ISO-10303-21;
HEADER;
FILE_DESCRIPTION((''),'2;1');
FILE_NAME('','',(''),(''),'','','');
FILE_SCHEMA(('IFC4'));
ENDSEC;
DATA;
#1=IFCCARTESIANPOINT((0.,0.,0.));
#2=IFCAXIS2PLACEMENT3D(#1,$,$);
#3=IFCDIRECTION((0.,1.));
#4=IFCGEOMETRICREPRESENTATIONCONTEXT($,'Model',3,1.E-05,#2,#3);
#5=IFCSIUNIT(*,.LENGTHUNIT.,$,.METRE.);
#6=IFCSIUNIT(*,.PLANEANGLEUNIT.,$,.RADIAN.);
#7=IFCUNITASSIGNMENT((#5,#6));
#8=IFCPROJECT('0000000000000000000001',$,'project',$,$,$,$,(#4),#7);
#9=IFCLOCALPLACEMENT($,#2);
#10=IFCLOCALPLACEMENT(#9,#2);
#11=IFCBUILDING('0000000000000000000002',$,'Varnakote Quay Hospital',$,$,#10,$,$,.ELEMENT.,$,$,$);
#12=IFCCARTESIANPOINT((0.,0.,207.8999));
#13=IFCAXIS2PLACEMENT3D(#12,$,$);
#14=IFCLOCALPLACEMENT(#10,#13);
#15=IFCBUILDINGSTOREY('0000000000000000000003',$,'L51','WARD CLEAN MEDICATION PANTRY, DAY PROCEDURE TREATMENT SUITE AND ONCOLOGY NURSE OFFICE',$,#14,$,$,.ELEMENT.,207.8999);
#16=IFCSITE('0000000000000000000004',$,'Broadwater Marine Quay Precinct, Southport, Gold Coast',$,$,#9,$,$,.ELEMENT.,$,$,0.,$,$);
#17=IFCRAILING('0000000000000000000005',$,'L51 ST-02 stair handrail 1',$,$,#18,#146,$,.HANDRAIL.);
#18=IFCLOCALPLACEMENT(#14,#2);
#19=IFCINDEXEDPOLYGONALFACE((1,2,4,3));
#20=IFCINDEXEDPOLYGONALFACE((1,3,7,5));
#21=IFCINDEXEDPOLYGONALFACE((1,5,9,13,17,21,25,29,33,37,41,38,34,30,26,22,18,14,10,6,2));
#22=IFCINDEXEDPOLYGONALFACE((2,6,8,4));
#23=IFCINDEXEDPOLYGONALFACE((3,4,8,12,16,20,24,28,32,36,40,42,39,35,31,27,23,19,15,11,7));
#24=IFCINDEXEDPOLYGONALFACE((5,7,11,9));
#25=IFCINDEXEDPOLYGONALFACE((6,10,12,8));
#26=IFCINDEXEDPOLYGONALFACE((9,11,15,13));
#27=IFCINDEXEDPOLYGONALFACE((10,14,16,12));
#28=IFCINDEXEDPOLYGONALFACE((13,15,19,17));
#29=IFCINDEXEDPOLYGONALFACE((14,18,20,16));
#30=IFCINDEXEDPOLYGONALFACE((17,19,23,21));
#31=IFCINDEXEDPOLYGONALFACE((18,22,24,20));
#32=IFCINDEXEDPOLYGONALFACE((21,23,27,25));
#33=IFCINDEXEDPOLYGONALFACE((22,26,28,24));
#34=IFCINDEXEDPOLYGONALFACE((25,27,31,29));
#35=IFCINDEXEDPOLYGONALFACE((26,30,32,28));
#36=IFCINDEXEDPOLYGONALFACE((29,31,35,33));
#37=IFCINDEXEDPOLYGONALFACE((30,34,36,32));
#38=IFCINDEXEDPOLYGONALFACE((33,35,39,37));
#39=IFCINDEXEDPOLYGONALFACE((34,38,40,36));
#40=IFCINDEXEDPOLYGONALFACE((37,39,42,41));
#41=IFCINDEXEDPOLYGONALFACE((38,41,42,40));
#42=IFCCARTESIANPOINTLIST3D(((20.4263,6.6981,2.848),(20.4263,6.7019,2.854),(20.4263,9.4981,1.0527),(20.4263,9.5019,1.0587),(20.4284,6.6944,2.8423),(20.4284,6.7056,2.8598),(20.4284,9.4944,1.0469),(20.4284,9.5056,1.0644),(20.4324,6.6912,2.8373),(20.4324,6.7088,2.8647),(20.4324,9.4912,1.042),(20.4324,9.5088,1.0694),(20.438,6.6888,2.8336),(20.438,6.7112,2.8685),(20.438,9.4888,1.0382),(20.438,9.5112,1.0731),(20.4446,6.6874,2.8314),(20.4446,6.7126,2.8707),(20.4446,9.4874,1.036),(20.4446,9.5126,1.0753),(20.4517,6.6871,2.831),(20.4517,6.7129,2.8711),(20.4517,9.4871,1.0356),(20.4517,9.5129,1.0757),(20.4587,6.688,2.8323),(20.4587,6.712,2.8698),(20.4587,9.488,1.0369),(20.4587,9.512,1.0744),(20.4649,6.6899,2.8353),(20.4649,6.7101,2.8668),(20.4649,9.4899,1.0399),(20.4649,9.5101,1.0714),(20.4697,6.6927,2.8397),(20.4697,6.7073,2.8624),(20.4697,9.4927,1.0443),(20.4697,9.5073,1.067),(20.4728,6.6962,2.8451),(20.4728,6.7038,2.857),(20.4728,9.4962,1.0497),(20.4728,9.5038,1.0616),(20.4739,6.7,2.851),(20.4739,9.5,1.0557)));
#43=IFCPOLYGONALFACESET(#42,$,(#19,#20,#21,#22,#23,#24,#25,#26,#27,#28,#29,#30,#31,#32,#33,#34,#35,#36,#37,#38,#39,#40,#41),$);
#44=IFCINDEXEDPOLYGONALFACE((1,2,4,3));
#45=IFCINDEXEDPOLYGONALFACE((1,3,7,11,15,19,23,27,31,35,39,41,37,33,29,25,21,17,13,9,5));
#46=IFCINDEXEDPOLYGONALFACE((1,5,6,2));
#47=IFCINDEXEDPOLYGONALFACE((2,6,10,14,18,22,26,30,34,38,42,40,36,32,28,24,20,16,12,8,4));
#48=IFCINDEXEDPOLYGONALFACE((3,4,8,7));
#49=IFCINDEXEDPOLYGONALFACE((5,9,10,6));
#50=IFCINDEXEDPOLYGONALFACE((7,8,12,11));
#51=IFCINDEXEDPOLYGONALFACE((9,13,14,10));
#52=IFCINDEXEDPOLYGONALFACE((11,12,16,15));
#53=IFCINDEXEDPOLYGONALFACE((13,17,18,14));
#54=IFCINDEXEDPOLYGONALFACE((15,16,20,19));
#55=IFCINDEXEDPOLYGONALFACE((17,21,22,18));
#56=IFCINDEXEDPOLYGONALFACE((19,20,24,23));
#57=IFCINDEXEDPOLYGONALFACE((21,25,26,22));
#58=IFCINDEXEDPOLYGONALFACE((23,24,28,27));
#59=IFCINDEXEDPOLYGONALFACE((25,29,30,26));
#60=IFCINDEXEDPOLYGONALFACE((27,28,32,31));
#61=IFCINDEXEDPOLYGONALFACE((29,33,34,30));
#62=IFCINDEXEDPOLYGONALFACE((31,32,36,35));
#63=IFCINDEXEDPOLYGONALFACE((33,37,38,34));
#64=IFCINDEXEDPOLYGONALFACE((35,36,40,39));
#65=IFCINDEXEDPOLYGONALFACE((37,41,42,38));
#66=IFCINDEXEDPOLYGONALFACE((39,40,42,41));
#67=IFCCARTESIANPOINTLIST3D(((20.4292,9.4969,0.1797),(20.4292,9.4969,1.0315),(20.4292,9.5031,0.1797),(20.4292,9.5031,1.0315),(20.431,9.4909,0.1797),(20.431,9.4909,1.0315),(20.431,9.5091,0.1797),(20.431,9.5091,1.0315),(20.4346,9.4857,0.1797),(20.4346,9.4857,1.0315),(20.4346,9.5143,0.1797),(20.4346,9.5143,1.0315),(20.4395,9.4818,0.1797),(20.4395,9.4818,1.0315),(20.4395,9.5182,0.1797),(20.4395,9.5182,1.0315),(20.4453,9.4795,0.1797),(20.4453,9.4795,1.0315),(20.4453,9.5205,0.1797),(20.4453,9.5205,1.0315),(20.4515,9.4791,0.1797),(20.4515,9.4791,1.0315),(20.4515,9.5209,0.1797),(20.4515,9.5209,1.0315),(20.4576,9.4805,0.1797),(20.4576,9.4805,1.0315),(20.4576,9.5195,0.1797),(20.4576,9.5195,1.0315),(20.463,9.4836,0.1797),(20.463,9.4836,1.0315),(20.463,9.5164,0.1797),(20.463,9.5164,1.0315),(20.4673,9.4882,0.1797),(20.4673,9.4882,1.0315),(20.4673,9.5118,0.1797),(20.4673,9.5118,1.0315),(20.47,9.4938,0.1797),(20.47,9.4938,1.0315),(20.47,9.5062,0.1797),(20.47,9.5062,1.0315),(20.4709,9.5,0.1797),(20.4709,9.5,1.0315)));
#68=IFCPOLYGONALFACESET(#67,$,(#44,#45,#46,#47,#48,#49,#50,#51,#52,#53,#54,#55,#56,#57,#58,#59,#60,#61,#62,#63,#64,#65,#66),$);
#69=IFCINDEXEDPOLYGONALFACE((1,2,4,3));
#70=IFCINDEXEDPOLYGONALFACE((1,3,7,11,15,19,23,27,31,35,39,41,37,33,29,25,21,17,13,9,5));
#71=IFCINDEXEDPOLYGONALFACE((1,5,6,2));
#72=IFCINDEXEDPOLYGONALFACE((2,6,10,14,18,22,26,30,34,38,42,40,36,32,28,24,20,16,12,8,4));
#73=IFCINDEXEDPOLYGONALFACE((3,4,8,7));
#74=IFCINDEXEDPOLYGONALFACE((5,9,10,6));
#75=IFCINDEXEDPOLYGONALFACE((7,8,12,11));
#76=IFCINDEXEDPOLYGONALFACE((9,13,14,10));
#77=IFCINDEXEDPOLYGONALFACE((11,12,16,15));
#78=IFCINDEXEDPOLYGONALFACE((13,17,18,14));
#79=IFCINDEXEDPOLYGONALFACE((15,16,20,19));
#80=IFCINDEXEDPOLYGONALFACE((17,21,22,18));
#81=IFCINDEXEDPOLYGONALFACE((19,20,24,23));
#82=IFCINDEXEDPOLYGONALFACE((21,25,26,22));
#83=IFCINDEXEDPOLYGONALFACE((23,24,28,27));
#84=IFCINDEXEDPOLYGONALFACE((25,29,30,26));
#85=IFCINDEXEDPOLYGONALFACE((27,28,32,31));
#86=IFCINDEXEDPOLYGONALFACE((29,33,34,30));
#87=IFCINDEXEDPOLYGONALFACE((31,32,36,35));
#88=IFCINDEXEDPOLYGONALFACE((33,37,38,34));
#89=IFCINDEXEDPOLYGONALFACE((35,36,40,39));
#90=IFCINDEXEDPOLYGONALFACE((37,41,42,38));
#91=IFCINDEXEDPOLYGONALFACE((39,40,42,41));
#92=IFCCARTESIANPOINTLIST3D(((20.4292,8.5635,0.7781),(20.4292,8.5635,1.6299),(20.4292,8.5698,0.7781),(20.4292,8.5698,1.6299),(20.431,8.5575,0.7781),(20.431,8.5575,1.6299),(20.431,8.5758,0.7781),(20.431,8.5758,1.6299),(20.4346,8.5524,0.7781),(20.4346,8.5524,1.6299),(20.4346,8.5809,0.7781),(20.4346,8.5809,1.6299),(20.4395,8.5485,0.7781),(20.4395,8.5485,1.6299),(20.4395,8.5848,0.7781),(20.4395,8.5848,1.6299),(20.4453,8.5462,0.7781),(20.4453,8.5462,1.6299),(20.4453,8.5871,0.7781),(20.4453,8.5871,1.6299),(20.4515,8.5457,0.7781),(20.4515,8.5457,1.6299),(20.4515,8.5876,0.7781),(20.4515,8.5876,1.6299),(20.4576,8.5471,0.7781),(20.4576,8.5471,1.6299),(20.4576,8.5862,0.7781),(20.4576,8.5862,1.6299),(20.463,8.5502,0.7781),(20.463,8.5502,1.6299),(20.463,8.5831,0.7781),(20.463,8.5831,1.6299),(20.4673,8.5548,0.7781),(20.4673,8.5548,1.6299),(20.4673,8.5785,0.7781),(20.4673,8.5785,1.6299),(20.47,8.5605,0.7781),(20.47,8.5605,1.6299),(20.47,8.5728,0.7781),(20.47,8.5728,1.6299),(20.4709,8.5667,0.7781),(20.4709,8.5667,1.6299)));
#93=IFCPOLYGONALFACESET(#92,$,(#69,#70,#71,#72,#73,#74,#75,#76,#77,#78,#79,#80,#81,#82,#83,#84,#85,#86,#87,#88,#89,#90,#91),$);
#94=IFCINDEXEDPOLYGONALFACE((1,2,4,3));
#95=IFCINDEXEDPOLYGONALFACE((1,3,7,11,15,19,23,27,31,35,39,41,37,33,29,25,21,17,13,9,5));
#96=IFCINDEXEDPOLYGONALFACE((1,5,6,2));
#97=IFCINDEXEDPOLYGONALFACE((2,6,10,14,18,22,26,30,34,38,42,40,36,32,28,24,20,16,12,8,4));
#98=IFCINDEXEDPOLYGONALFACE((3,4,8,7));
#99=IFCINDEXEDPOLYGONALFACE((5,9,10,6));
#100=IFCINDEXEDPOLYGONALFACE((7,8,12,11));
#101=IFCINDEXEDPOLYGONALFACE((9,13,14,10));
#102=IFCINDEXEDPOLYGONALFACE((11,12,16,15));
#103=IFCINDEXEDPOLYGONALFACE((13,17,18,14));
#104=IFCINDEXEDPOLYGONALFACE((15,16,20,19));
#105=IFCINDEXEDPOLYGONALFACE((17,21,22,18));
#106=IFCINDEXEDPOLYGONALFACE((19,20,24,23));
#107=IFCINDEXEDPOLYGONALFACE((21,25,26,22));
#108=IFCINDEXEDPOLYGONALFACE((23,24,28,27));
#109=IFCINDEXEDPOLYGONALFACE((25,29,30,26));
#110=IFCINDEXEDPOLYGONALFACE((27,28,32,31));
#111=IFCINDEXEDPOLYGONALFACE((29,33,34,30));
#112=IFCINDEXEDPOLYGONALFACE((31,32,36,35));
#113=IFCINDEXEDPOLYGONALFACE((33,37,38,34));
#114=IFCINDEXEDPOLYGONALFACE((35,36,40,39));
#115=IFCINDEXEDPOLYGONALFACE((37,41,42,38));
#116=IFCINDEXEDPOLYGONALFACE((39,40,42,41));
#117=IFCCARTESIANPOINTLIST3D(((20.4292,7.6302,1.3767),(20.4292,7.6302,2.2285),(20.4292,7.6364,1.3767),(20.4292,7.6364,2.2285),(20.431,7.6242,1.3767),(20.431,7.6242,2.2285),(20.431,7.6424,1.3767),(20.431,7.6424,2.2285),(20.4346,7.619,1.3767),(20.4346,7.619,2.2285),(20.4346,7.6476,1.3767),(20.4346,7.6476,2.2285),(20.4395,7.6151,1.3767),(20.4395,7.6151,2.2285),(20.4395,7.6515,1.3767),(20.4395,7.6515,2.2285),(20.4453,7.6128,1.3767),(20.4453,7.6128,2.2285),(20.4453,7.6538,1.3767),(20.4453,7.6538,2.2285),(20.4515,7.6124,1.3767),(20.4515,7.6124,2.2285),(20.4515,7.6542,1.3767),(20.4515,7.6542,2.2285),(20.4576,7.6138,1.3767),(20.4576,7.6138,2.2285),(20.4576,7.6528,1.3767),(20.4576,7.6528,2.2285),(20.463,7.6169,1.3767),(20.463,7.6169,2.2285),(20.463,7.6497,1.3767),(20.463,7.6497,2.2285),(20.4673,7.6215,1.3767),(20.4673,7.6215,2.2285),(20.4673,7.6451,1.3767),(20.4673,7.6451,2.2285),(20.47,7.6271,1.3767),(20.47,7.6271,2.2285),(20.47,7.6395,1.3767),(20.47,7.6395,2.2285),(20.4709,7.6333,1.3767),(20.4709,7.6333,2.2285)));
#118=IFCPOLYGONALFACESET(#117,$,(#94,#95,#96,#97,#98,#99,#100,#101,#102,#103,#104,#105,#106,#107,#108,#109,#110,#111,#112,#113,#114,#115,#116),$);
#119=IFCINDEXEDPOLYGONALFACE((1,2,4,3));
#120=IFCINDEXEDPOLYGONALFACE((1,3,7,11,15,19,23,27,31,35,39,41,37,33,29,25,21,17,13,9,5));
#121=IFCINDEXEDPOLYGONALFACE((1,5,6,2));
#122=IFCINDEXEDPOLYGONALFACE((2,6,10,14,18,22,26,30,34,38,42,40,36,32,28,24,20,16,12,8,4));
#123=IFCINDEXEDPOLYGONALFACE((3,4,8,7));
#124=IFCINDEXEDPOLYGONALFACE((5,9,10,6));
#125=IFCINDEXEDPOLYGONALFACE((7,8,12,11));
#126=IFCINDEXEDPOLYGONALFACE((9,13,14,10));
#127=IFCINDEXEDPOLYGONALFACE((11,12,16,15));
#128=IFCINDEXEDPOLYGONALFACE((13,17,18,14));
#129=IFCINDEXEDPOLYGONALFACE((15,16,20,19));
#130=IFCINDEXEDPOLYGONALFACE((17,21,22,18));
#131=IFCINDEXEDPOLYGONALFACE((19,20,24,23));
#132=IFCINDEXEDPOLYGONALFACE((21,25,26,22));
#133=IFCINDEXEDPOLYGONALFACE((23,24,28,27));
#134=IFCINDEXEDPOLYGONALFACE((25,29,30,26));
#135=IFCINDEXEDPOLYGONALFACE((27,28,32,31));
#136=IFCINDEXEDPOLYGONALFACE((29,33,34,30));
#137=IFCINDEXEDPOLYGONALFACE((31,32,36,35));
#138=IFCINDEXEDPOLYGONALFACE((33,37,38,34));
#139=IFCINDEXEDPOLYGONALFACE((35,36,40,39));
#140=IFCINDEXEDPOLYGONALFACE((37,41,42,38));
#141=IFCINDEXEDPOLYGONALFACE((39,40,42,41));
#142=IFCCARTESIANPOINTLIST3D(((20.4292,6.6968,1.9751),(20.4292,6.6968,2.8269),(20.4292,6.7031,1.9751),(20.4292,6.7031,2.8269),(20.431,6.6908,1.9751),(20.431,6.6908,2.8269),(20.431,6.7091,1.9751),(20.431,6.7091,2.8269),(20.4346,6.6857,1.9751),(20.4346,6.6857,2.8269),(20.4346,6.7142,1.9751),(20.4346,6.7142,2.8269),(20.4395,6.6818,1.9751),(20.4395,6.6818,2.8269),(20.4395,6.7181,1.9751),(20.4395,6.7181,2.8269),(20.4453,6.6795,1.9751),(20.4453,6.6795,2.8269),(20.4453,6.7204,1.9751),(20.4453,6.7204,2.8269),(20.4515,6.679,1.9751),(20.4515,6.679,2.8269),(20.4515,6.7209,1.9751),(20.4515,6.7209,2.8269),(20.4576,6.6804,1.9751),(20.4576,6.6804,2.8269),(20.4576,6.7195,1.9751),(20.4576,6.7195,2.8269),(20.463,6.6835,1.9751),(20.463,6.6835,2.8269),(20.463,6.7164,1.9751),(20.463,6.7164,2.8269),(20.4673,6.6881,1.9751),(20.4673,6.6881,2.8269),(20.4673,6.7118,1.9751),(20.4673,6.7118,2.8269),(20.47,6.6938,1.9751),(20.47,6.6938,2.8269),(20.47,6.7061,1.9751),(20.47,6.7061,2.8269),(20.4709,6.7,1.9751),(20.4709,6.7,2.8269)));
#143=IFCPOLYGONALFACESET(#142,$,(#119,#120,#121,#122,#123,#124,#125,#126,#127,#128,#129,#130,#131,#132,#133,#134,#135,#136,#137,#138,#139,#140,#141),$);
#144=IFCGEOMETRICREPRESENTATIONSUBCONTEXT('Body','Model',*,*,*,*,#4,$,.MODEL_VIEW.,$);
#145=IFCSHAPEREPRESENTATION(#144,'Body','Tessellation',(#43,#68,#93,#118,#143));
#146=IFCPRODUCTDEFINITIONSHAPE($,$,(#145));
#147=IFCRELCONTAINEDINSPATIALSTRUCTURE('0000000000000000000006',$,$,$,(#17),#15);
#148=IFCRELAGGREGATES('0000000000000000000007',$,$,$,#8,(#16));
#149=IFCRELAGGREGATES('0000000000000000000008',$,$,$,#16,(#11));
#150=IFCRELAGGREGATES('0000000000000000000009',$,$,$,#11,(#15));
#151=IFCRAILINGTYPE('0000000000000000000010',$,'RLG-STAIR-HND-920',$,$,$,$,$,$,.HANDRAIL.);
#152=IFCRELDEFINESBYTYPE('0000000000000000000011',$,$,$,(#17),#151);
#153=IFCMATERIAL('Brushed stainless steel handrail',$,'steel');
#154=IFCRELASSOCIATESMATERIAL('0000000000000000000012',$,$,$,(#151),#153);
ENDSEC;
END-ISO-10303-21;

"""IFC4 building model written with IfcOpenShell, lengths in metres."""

from ifc_helpers import new_model, si_unit, direction, frame, origin, origin_2d, place, context, subcontext, project, spatial, circle, extrude, material, type_object, element, save


model = new_model("IFC4")

# Units and contexts
model_context = context("Model", 3, precision=1e-05, world=origin(), true_north=direction((0.0, 1.0)))
body_context = subcontext(model_context, "Body", "Model", "MODEL_VIEW")
ifc_project = project(units=[si_unit("LENGTHUNIT", "METRE"), si_unit("PLANEANGLEUNIT", "RADIAN")], contexts=[model_context])

# Site, building, storey
site_placement = place(None, origin())
site = spatial("IfcSite", under=ifc_project, at=site_placement, Name="Broadwater Marine Quay Precinct, Southport, Gold Coast", CompositionType="ELEMENT", RefElevation=0.0)
building_placement = place(site_placement, origin())
building = spatial("IfcBuilding", under=site, at=building_placement, Name="Varnakote Quay Hospital", CompositionType="ELEMENT")
storey_placement = place(building_placement, frame((0.0, 0.0, 207.8999)))
storey = spatial("IfcBuildingStorey", under=building, at=storey_placement, Name="L51", Description="WARD CLEAN MEDICATION PANTRY, DAY PROCEDURE TREATMENT SUITE AND ONCOLOGY NURSE OFFICE", CompositionType="ELEMENT", Elevation=207.8999)

# Railing
ifc_material_1 = material(Name="Brushed stainless steel handrail", Category="steel")
railing_type_1 = type_object("IfcRailingType", Name="RLG-STAIR-HND-920", PredefinedType="HANDRAIL", material=ifc_material_1)
railing_1_placement = place(storey_placement, frame((20.45, 9.5, 0.1797)))
element("IfcRailing", 1, at=railing_1_placement, inside=storey, type_object=railing_type_1, Name="L51 ST-02 stair handrail 1", PredefinedType="HANDRAIL", context=body_context, shape_type="SweptSolid", body=[
    extrude(circle(Radius=0.0239, at=origin_2d()), frame((0.0, 0.0, 0.876), z_axis=(0.0, -0.84181, 0.539774), x_axis=(1.0, 0.0, 0.0)), (0.0, 0.0, 1.0), 3.3262),
    extrude(circle(Radius=0.021, at=origin_2d()), origin(), (0.0, 0.0, 1.0), 0.8518),
    extrude(circle(Radius=0.021, at=origin_2d()), frame((0.0, -0.9333, 0.5984)), (0.0, 0.0, 1.0), 0.8518),
    extrude(circle(Radius=0.021, at=origin_2d()), frame((0.0, -1.8667, 1.197)), (0.0, 0.0, 1.0), 0.8518),
    extrude(circle(Radius=0.021, at=origin_2d()), frame((0.0, -2.8, 1.7954)), (0.0, 0.0, 1.0), 0.8518),
])

save(model, "model.ifc")
